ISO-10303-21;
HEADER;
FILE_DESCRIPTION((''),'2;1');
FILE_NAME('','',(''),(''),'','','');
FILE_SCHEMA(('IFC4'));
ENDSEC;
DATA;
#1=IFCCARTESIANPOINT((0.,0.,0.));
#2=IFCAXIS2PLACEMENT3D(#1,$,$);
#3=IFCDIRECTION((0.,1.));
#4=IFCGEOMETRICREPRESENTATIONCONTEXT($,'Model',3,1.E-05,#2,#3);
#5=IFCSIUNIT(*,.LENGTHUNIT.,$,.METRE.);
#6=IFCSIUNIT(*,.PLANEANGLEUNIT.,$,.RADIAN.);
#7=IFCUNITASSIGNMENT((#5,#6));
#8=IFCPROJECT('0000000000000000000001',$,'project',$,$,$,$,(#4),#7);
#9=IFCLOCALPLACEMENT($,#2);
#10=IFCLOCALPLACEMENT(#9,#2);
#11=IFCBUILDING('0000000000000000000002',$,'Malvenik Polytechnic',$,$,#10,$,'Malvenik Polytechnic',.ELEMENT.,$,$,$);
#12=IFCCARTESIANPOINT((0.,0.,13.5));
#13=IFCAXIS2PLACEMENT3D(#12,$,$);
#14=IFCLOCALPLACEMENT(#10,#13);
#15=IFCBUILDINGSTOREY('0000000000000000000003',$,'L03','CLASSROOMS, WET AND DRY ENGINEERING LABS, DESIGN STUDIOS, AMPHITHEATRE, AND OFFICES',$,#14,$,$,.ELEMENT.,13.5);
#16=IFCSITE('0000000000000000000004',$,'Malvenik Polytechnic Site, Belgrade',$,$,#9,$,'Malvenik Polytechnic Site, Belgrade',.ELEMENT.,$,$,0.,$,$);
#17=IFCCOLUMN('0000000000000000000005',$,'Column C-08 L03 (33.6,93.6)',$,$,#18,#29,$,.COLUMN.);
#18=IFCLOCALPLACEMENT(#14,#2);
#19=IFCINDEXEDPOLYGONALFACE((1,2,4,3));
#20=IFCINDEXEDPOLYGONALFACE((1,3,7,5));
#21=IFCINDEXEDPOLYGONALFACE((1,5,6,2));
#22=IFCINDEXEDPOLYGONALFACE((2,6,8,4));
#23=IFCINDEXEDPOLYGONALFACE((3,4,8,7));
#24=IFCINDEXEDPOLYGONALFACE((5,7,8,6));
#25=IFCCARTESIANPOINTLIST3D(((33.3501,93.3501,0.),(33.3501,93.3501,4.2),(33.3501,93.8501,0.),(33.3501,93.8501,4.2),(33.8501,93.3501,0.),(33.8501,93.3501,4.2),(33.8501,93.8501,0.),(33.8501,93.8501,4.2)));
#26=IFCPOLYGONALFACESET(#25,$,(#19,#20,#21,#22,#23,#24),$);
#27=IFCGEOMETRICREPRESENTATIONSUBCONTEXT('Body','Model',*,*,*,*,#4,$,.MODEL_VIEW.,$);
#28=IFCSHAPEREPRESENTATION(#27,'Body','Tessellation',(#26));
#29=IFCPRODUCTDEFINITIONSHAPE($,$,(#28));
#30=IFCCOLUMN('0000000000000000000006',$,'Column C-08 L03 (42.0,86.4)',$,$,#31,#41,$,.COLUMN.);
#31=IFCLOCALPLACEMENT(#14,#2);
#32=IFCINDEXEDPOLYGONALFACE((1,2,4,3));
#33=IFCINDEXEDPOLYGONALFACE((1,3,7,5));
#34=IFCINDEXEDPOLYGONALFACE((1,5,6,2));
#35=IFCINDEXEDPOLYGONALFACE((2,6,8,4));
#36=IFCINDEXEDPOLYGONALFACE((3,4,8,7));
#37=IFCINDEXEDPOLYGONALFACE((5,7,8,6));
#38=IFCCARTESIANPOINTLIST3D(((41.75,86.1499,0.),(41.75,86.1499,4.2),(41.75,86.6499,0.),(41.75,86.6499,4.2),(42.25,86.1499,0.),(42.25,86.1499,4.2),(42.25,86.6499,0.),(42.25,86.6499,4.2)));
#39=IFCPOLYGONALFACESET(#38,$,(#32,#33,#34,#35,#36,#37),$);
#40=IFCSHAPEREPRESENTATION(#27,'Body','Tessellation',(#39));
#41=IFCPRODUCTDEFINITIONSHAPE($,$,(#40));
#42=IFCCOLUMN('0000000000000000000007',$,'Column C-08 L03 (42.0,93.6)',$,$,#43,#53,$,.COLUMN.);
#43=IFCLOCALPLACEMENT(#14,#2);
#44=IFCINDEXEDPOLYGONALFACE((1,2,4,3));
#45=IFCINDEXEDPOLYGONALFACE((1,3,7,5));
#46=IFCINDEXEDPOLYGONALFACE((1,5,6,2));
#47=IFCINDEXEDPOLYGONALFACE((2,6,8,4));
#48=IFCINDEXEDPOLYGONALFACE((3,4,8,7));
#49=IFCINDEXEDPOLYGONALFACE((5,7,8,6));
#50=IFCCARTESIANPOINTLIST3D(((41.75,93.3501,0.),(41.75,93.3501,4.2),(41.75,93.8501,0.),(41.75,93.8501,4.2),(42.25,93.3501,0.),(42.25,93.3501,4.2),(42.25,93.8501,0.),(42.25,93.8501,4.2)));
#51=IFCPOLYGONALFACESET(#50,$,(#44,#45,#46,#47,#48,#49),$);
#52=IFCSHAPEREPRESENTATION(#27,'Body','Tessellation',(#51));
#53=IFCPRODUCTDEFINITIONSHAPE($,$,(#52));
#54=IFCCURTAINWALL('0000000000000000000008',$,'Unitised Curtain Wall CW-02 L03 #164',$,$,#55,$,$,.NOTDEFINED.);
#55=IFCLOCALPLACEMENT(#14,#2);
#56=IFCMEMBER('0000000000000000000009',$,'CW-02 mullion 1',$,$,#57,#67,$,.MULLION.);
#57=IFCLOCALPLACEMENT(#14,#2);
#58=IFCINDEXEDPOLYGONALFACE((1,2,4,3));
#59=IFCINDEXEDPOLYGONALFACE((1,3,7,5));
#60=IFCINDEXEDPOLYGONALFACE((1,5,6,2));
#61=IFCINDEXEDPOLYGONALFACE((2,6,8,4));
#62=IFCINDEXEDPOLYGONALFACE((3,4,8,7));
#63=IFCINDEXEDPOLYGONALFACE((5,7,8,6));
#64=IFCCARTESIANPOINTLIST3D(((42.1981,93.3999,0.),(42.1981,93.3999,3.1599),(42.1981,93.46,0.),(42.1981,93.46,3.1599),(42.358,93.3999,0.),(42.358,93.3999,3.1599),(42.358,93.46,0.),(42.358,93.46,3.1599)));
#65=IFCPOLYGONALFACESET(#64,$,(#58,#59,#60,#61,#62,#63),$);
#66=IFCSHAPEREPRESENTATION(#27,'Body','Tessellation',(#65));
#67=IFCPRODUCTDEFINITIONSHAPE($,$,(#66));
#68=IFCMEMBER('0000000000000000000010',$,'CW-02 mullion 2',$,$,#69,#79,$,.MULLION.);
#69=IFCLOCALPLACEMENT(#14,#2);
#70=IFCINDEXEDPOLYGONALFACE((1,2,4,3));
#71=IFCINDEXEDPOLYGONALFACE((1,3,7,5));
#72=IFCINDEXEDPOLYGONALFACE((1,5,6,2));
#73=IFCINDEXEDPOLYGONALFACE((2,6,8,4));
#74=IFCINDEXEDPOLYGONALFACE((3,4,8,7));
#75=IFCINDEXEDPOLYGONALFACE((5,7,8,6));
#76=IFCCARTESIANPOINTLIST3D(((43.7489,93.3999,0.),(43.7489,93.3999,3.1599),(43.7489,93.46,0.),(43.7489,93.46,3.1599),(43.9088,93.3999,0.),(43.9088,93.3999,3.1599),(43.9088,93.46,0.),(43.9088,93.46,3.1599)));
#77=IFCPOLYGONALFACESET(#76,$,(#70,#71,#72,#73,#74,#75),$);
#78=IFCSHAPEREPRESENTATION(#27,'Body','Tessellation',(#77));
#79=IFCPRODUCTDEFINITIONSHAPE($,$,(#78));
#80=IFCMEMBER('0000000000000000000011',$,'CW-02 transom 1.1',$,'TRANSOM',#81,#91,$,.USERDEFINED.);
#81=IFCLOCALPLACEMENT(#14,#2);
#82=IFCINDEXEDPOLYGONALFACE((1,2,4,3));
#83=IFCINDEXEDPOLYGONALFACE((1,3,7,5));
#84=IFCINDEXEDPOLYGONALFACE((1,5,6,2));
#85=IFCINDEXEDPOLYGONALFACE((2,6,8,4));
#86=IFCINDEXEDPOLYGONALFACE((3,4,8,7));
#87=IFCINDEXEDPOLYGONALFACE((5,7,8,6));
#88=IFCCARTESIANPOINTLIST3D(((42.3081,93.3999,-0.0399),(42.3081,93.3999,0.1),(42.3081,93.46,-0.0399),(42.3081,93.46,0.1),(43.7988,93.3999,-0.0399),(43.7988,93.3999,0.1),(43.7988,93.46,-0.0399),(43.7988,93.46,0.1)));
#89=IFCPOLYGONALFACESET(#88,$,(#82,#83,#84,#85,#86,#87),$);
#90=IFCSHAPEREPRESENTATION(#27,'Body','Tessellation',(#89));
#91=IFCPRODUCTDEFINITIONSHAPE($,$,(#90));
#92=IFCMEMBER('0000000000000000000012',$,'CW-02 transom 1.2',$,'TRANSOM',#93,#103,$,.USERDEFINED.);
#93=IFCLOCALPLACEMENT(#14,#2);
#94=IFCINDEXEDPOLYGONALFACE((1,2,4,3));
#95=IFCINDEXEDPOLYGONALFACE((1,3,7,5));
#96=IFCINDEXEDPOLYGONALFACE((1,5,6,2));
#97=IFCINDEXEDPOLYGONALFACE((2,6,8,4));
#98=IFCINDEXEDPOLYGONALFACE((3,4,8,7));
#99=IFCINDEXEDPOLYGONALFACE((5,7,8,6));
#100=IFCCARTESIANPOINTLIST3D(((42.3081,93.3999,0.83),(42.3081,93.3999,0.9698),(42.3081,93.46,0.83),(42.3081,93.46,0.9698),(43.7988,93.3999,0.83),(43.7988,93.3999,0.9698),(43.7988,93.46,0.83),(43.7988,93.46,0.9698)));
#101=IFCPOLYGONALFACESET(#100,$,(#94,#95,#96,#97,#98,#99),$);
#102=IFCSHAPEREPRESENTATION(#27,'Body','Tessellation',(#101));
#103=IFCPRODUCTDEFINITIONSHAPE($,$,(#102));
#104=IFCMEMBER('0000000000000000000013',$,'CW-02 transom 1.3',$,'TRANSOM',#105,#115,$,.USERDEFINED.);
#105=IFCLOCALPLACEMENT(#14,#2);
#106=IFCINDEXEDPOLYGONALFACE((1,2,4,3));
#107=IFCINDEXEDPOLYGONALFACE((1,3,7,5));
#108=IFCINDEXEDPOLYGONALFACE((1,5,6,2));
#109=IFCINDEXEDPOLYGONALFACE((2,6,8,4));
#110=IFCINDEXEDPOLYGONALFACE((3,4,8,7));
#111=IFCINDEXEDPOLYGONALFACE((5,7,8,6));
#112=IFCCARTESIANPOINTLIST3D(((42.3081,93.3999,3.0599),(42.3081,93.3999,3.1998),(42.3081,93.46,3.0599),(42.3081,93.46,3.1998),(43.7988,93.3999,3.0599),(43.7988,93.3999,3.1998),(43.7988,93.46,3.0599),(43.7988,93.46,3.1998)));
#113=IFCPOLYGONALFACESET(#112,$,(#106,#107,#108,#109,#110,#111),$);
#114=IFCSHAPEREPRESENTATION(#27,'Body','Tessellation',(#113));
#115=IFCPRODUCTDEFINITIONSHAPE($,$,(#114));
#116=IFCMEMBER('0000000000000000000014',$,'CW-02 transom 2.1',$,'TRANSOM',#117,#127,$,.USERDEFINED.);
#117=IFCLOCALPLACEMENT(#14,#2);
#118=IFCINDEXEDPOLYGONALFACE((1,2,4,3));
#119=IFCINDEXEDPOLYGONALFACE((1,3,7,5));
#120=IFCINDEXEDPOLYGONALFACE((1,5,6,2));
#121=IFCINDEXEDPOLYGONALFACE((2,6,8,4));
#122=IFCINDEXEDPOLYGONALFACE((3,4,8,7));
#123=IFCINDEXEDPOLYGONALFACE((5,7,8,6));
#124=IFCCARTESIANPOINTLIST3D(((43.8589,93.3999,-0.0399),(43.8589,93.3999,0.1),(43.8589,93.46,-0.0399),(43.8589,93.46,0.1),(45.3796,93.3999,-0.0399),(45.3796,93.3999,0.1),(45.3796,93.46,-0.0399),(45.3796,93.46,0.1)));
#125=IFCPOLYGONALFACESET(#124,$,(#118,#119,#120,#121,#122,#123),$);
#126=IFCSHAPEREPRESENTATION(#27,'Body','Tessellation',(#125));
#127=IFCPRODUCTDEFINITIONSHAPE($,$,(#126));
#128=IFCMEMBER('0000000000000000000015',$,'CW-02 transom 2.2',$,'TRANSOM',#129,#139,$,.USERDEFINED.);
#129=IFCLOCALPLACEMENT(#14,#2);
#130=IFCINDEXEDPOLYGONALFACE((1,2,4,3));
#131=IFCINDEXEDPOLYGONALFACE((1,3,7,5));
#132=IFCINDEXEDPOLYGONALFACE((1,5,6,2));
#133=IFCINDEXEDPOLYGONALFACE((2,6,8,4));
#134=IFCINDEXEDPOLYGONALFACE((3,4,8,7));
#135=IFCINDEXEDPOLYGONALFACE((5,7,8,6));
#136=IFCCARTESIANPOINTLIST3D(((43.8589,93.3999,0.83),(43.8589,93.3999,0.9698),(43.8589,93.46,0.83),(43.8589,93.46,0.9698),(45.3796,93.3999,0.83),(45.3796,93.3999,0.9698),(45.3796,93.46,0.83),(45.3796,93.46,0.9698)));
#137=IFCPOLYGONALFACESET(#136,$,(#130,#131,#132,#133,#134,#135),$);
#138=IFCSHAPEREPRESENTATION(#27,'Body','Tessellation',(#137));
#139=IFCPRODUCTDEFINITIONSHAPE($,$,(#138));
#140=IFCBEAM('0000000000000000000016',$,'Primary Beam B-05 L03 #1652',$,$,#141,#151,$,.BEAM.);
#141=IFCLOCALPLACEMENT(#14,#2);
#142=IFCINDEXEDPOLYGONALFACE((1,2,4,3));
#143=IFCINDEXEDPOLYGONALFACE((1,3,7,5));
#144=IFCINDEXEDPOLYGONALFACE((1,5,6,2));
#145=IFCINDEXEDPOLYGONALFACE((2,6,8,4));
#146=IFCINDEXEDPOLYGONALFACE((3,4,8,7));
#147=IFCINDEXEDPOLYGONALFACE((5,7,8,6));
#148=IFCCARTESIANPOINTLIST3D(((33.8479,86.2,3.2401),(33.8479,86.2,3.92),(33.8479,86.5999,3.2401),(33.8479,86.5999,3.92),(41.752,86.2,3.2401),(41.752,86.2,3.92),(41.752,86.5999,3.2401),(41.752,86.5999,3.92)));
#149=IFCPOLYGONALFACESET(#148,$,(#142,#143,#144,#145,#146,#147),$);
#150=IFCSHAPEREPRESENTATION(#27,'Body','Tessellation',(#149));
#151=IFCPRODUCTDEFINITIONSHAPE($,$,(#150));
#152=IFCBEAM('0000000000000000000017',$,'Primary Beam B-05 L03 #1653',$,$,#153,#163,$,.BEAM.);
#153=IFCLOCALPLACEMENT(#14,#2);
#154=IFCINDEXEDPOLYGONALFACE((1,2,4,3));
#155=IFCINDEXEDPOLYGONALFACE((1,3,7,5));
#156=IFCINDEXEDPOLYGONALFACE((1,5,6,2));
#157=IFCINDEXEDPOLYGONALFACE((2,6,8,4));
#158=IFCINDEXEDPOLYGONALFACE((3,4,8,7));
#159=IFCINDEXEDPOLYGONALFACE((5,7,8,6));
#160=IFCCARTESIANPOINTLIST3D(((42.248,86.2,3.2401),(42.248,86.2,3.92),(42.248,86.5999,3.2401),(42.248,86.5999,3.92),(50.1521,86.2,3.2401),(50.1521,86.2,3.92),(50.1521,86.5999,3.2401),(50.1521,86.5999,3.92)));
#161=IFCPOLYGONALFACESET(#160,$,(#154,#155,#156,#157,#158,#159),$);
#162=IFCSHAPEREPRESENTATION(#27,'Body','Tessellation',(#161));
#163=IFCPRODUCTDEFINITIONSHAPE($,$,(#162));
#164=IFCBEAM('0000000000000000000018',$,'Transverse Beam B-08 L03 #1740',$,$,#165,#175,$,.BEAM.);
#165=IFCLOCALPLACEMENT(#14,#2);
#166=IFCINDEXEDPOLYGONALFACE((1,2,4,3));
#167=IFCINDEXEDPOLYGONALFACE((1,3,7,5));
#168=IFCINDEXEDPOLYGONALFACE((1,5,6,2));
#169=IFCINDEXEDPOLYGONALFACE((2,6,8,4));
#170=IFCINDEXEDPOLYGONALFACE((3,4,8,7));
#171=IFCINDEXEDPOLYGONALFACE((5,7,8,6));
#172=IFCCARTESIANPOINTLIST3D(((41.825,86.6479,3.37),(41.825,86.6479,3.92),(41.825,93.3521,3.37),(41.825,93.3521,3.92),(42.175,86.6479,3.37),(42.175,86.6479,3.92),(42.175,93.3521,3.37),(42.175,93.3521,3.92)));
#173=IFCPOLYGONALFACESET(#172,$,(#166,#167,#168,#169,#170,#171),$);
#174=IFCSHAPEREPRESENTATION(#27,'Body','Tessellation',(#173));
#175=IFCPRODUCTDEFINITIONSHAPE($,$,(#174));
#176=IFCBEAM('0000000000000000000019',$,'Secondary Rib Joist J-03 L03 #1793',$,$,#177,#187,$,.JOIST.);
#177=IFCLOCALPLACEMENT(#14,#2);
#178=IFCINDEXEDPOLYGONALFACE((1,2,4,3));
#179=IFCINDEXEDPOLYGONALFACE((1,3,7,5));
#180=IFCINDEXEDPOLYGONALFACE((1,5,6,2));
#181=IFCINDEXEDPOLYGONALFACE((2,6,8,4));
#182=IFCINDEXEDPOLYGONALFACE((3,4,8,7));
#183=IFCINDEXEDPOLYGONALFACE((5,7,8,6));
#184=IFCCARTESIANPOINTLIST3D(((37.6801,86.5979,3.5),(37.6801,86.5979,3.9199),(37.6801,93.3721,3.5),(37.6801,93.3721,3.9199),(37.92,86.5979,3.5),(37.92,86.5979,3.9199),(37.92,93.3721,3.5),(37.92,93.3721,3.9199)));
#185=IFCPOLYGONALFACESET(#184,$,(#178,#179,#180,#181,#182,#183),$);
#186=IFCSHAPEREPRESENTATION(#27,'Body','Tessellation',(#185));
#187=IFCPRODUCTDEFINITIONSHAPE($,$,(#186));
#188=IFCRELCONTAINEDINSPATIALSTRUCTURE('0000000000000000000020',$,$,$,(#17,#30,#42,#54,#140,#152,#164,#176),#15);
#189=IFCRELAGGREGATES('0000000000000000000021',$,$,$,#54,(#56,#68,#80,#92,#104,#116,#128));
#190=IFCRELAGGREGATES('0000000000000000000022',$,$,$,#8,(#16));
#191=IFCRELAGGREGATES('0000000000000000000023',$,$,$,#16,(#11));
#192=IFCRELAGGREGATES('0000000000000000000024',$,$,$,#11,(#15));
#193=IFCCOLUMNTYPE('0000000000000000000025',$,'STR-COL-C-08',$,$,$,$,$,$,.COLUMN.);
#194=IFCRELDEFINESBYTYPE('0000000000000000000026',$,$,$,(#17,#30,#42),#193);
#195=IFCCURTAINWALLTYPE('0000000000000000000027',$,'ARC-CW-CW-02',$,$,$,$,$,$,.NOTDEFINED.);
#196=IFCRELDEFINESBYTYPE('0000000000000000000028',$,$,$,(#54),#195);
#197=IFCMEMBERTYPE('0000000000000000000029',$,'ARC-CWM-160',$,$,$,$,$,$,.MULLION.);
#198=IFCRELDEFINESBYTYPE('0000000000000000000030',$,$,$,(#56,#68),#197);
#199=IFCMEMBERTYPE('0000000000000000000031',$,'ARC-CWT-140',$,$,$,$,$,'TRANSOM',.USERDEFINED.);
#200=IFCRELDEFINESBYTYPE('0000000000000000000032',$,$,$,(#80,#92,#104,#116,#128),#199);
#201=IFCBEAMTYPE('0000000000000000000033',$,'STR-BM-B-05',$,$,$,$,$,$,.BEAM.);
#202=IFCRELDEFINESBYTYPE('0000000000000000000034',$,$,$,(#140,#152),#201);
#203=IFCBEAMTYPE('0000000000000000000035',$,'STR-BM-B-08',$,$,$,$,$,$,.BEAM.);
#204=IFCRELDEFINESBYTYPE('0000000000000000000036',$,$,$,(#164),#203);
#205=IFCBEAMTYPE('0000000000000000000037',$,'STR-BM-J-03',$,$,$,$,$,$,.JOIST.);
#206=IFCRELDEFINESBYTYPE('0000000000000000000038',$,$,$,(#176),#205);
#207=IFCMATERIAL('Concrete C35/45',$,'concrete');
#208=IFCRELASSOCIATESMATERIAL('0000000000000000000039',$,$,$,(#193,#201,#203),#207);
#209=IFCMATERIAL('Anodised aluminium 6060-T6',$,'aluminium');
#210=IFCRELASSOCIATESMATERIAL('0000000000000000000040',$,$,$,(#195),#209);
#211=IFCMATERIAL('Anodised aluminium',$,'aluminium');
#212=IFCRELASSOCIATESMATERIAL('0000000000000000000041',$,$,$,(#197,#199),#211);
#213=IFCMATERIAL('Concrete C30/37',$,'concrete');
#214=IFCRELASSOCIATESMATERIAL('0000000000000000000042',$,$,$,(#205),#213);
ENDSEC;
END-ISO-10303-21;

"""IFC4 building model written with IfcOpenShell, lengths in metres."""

from ifc_helpers import new_model, si_unit, direction, frame, origin, origin_2d, place, context, subcontext, project, spatial, rectangle, extrude, material, material_profile, profile_set, type_object, element, aggregate, save


model = new_model("IFC4")

# Units and contexts
model_context = context("Model", 3, precision=1e-05, world=origin(), true_north=direction((0.0, 1.0)))
body_context = subcontext(model_context, "Body", "Model", "MODEL_VIEW")
ifc_project = project(units=[si_unit("LENGTHUNIT", "METRE"), si_unit("PLANEANGLEUNIT", "RADIAN")], contexts=[model_context])

# Site, building, storey
site_placement = place(None, origin())
site = spatial("IfcSite", under=ifc_project, at=site_placement, Name="Malvenik Polytechnic Site, Belgrade", LongName="Malvenik Polytechnic Site, Belgrade", CompositionType="ELEMENT", RefElevation=0.0)
building_placement = place(site_placement, origin())
building = spatial("IfcBuilding", under=site, at=building_placement, Name="Malvenik Polytechnic", LongName="Malvenik Polytechnic", CompositionType="ELEMENT")
storey_placement = place(building_placement, frame((0.0, 0.0, 13.5)))
storey = spatial("IfcBuildingStorey", under=building, at=storey_placement, Name="L03", Description="CLASSROOMS, WET AND DRY ENGINEERING LABS, DESIGN STUDIOS, AMPHITHEATRE, AND OFFICES", CompositionType="ELEMENT", Elevation=13.5)

# Columns
ifc_material_1 = material(Name="Concrete C35/45", Category="concrete")
ifc_material_profile_1 = material_profile(ifc_material_1, rectangle(XDim=0.5, YDim=0.5, at=origin_2d()), Name="RC COL 500x500")
ifc_profile_set_1 = profile_set([ifc_material_profile_1], Name="Concrete C35/45")
column_type = type_object("IfcColumnType", Name="STR-COL-C-08", PredefinedType="COLUMN", material=ifc_profile_set_1)
for number, where, z_axis, x_axis, name in (
    (1, (33.6001, 93.6001, 0.0), (0.0, 0.0, 1.0), (1.0, 0.0, 0.0), "Column C-08 L03 (33.6,93.6)"),
    (2, (42.0, 86.3999, 0.0), (0.0, 0.0, 1.0), (1.0, 0.0, 0.0), "Column C-08 L03 (42.0,86.4)"),
    (3, (42.0, 93.6001, 0.0), (0.0, 0.0, 1.0), (1.0, 0.0, 0.0), "Column C-08 L03 (42.0,93.6)"),
):
    element("IfcColumn", number, at=place(storey_placement, frame(where, z_axis=z_axis, x_axis=x_axis)), inside=storey, type_object=column_type, Name=name, PredefinedType="COLUMN", context=body_context, shape_type="SweptSolid", body=[
        extrude(rectangle(XDim=0.5, YDim=0.5, at=origin_2d()), origin(), (0.0, 0.0, 1.0), 4.2),
    ])

# Curtain wall, members
ifc_material_2 = material(Name="Anodised aluminium 6060-T6", Category="aluminium")
curtain_wall_type = type_object("IfcCurtainWallType", Name="ARC-CW-CW-02", PredefinedType="NOTDEFINED", material=ifc_material_2)
curtain_wall_placement = place(storey_placement, origin())
curtain_wall = element("IfcCurtainWall", 4, at=curtain_wall_placement, inside=storey, type_object=curtain_wall_type, Name="Unitised Curtain Wall CW-02 L03 #164", PredefinedType="NOTDEFINED")
ifc_material_3 = material(Name="Anodised aluminium", Category="aluminium")
ifc_material_profile_2 = material_profile(ifc_material_3, rectangle(XDim=0.0601, YDim=0.1599, at=origin_2d()), Name="ALU MULLION 60x160")
ifc_profile_set_2 = profile_set([ifc_material_profile_2], Name="Anodised aluminium")
member_type_1 = type_object("IfcMemberType", Name="ARC-CWM-160", PredefinedType="MULLION", material=ifc_profile_set_2)
member_1_placement = place(storey_placement, frame((42.2781, 93.4299, 0.0), z_axis=(0.0, 0.0, 1.0), x_axis=(0.0, 1.0, 0.0)))
member_1 = element("IfcMember", 5, at=member_1_placement, type_object=member_type_1, Name="CW-02 mullion 1", PredefinedType="MULLION", context=body_context, shape_type="SweptSolid", body=[
    extrude(rectangle(XDim=0.0601, YDim=0.1599, at=origin_2d()), origin(), (0.0, 0.0, 1.0), 3.1599),
])
member_2_placement = place(storey_placement, frame((43.8289, 93.4299, 0.0), z_axis=(0.0, 0.0, 1.0), x_axis=(0.0, 1.0, 0.0)))
member_2 = element("IfcMember", 6, at=member_2_placement, type_object=member_type_1, Name="CW-02 mullion 2", PredefinedType="MULLION", context=body_context, shape_type="SweptSolid", body=[
    extrude(rectangle(XDim=0.0601, YDim=0.1599, at=origin_2d()), origin(), (0.0, 0.0, 1.0), 3.1599),
])
ifc_material_profile_3 = material_profile(ifc_material_3, rectangle(XDim=0.0601, YDim=0.1399, at=origin_2d()), Name="ALU TRANSOM 60x140")
ifc_profile_set_3 = profile_set([ifc_material_profile_3], Name="Anodised aluminium")
member_type_2 = type_object("IfcMemberType", Name="ARC-CWT-140", ElementType="TRANSOM", PredefinedType="USERDEFINED", material=ifc_profile_set_3)
member_3_placement = place(storey_placement, frame((42.3081, 93.4299, 0.03), z_axis=(1.0, 0.0, 0.0), x_axis=(0.0, 1.0, 0.0)))
member_3 = element("IfcMember", 7, at=member_3_placement, type_object=member_type_2, Name="CW-02 transom 1.1", ObjectType="TRANSOM", PredefinedType="USERDEFINED", context=body_context, shape_type="SweptSolid", body=[
    extrude(rectangle(XDim=0.0601, YDim=0.1399, at=origin_2d()), origin(), (0.0, 0.0, 1.0), 1.4907),
])
member_4_placement = place(storey_placement, frame((42.3081, 93.4299, 0.8999), z_axis=(1.0, 0.0, 0.0), x_axis=(0.0, 1.0, 0.0)))
member_4 = element("IfcMember", 8, at=member_4_placement, type_object=member_type_2, Name="CW-02 transom 1.2", ObjectType="TRANSOM", PredefinedType="USERDEFINED", context=body_context, shape_type="SweptSolid", body=[
    extrude(rectangle(XDim=0.0601, YDim=0.1399, at=origin_2d()), origin(), (0.0, 0.0, 1.0), 1.4907),
])
member_5_placement = place(storey_placement, frame((42.3081, 93.4299, 3.1299), z_axis=(1.0, 0.0, 0.0), x_axis=(0.0, 1.0, 0.0)))
member_5 = element("IfcMember", 9, at=member_5_placement, type_object=member_type_2, Name="CW-02 transom 1.3", ObjectType="TRANSOM", PredefinedType="USERDEFINED", context=body_context, shape_type="SweptSolid", body=[
    extrude(rectangle(XDim=0.0601, YDim=0.1399, at=origin_2d()), origin(), (0.0, 0.0, 1.0), 1.4907),
])
member_6_placement = place(storey_placement, frame((43.8589, 93.4299, 0.03), z_axis=(1.0, 0.0, 0.0), x_axis=(0.0, 1.0, 0.0)))
member_6 = element("IfcMember", 10, at=member_6_placement, type_object=member_type_2, Name="CW-02 transom 2.1", ObjectType="TRANSOM", PredefinedType="USERDEFINED", context=body_context, shape_type="SweptSolid", body=[
    extrude(rectangle(XDim=0.0601, YDim=0.1399, at=origin_2d()), origin(), (0.0, 0.0, 1.0), 1.5208),
])
member_7_placement = place(storey_placement, frame((43.8589, 93.4299, 0.8999), z_axis=(1.0, 0.0, 0.0), x_axis=(0.0, 1.0, 0.0)))
member_7 = element("IfcMember", 11, at=member_7_placement, type_object=member_type_2, Name="CW-02 transom 2.2", ObjectType="TRANSOM", PredefinedType="USERDEFINED", context=body_context, shape_type="SweptSolid", body=[
    extrude(rectangle(XDim=0.0601, YDim=0.1399, at=origin_2d()), origin(), (0.0, 0.0, 1.0), 1.5208),
])

# Beams
ifc_material_profile_4 = material_profile(ifc_material_1, rectangle(XDim=0.3999, YDim=0.6799, at=origin_2d()), Name="RC BM 400x680")
ifc_profile_set_4 = profile_set([ifc_material_profile_4], Name="Concrete C35/45")
beam_type_1 = type_object("IfcBeamType", Name="STR-BM-B-05", PredefinedType="BEAM", material=ifc_profile_set_4)
for number, where, z_axis, x_axis, name in (
    (12, (33.8479, 86.3999, 3.5801), (1.0, 0.0, 0.0), (0.0, 1.0, 0.0), "Primary Beam B-05 L03 #1652"),
    (13, (42.248, 86.3999, 3.5801), (1.0, 0.0, 0.0), (0.0, 1.0, 0.0), "Primary Beam B-05 L03 #1653"),
):
    element("IfcBeam", number, at=place(storey_placement, frame(where, z_axis=z_axis, x_axis=x_axis)), inside=storey, type_object=beam_type_1, Name=name, PredefinedType="BEAM", context=body_context, shape_type="SweptSolid", body=[
        extrude(rectangle(XDim=0.3999, YDim=0.6799, at=origin_2d()), origin(), (0.0, 0.0, 1.0), 7.9041),
    ])
ifc_material_profile_5 = material_profile(ifc_material_1, rectangle(XDim=0.3501, YDim=0.55, at=origin_2d()), Name="RC BM 350x550")
ifc_profile_set_5 = profile_set([ifc_material_profile_5], Name="Concrete C35/45")
beam_type_2 = type_object("IfcBeamType", Name="STR-BM-B-08", PredefinedType="BEAM", material=ifc_profile_set_5)
beam_1_placement = place(storey_placement, frame((42.0, 86.6479, 3.645), z_axis=(0.0, 1.0, 0.0), x_axis=(-1.0, 0.0, 0.0)))
element("IfcBeam", 14, at=beam_1_placement, inside=storey, type_object=beam_type_2, Name="Transverse Beam B-08 L03 #1740", PredefinedType="BEAM", context=body_context, shape_type="SweptSolid", body=[
    extrude(rectangle(XDim=0.3501, YDim=0.55, at=origin_2d()), origin(), (0.0, 0.0, 1.0), 6.7041),
])
ifc_material_4 = material(Name="Concrete C30/37", Category="concrete")
ifc_material_profile_6 = material_profile(ifc_material_4, rectangle(XDim=0.24, YDim=0.4199, at=origin_2d()), Name="RC JST 240x420")
ifc_profile_set_6 = profile_set([ifc_material_profile_6], Name="Concrete C30/37")
beam_type_3 = type_object("IfcBeamType", Name="STR-BM-J-03", PredefinedType="JOIST", material=ifc_profile_set_6)
beam_2_placement = place(storey_placement, frame((37.8, 86.5979, 3.71), z_axis=(0.0, 1.0, 0.0), x_axis=(-1.0, 0.0, 0.0)))
element("IfcBeam", 15, at=beam_2_placement, inside=storey, type_object=beam_type_3, Name="Secondary Rib Joist J-03 L03 #1793", PredefinedType="JOIST", context=body_context, shape_type="SweptSolid", body=[
    extrude(rectangle(XDim=0.24, YDim=0.4199, at=origin_2d()), origin(), (0.0, 0.0, 1.0), 6.7742),
])

aggregate(curtain_wall, [member_1, member_2, member_3, member_4, member_5, member_6, member_7])

save(model, "model.ifc")
